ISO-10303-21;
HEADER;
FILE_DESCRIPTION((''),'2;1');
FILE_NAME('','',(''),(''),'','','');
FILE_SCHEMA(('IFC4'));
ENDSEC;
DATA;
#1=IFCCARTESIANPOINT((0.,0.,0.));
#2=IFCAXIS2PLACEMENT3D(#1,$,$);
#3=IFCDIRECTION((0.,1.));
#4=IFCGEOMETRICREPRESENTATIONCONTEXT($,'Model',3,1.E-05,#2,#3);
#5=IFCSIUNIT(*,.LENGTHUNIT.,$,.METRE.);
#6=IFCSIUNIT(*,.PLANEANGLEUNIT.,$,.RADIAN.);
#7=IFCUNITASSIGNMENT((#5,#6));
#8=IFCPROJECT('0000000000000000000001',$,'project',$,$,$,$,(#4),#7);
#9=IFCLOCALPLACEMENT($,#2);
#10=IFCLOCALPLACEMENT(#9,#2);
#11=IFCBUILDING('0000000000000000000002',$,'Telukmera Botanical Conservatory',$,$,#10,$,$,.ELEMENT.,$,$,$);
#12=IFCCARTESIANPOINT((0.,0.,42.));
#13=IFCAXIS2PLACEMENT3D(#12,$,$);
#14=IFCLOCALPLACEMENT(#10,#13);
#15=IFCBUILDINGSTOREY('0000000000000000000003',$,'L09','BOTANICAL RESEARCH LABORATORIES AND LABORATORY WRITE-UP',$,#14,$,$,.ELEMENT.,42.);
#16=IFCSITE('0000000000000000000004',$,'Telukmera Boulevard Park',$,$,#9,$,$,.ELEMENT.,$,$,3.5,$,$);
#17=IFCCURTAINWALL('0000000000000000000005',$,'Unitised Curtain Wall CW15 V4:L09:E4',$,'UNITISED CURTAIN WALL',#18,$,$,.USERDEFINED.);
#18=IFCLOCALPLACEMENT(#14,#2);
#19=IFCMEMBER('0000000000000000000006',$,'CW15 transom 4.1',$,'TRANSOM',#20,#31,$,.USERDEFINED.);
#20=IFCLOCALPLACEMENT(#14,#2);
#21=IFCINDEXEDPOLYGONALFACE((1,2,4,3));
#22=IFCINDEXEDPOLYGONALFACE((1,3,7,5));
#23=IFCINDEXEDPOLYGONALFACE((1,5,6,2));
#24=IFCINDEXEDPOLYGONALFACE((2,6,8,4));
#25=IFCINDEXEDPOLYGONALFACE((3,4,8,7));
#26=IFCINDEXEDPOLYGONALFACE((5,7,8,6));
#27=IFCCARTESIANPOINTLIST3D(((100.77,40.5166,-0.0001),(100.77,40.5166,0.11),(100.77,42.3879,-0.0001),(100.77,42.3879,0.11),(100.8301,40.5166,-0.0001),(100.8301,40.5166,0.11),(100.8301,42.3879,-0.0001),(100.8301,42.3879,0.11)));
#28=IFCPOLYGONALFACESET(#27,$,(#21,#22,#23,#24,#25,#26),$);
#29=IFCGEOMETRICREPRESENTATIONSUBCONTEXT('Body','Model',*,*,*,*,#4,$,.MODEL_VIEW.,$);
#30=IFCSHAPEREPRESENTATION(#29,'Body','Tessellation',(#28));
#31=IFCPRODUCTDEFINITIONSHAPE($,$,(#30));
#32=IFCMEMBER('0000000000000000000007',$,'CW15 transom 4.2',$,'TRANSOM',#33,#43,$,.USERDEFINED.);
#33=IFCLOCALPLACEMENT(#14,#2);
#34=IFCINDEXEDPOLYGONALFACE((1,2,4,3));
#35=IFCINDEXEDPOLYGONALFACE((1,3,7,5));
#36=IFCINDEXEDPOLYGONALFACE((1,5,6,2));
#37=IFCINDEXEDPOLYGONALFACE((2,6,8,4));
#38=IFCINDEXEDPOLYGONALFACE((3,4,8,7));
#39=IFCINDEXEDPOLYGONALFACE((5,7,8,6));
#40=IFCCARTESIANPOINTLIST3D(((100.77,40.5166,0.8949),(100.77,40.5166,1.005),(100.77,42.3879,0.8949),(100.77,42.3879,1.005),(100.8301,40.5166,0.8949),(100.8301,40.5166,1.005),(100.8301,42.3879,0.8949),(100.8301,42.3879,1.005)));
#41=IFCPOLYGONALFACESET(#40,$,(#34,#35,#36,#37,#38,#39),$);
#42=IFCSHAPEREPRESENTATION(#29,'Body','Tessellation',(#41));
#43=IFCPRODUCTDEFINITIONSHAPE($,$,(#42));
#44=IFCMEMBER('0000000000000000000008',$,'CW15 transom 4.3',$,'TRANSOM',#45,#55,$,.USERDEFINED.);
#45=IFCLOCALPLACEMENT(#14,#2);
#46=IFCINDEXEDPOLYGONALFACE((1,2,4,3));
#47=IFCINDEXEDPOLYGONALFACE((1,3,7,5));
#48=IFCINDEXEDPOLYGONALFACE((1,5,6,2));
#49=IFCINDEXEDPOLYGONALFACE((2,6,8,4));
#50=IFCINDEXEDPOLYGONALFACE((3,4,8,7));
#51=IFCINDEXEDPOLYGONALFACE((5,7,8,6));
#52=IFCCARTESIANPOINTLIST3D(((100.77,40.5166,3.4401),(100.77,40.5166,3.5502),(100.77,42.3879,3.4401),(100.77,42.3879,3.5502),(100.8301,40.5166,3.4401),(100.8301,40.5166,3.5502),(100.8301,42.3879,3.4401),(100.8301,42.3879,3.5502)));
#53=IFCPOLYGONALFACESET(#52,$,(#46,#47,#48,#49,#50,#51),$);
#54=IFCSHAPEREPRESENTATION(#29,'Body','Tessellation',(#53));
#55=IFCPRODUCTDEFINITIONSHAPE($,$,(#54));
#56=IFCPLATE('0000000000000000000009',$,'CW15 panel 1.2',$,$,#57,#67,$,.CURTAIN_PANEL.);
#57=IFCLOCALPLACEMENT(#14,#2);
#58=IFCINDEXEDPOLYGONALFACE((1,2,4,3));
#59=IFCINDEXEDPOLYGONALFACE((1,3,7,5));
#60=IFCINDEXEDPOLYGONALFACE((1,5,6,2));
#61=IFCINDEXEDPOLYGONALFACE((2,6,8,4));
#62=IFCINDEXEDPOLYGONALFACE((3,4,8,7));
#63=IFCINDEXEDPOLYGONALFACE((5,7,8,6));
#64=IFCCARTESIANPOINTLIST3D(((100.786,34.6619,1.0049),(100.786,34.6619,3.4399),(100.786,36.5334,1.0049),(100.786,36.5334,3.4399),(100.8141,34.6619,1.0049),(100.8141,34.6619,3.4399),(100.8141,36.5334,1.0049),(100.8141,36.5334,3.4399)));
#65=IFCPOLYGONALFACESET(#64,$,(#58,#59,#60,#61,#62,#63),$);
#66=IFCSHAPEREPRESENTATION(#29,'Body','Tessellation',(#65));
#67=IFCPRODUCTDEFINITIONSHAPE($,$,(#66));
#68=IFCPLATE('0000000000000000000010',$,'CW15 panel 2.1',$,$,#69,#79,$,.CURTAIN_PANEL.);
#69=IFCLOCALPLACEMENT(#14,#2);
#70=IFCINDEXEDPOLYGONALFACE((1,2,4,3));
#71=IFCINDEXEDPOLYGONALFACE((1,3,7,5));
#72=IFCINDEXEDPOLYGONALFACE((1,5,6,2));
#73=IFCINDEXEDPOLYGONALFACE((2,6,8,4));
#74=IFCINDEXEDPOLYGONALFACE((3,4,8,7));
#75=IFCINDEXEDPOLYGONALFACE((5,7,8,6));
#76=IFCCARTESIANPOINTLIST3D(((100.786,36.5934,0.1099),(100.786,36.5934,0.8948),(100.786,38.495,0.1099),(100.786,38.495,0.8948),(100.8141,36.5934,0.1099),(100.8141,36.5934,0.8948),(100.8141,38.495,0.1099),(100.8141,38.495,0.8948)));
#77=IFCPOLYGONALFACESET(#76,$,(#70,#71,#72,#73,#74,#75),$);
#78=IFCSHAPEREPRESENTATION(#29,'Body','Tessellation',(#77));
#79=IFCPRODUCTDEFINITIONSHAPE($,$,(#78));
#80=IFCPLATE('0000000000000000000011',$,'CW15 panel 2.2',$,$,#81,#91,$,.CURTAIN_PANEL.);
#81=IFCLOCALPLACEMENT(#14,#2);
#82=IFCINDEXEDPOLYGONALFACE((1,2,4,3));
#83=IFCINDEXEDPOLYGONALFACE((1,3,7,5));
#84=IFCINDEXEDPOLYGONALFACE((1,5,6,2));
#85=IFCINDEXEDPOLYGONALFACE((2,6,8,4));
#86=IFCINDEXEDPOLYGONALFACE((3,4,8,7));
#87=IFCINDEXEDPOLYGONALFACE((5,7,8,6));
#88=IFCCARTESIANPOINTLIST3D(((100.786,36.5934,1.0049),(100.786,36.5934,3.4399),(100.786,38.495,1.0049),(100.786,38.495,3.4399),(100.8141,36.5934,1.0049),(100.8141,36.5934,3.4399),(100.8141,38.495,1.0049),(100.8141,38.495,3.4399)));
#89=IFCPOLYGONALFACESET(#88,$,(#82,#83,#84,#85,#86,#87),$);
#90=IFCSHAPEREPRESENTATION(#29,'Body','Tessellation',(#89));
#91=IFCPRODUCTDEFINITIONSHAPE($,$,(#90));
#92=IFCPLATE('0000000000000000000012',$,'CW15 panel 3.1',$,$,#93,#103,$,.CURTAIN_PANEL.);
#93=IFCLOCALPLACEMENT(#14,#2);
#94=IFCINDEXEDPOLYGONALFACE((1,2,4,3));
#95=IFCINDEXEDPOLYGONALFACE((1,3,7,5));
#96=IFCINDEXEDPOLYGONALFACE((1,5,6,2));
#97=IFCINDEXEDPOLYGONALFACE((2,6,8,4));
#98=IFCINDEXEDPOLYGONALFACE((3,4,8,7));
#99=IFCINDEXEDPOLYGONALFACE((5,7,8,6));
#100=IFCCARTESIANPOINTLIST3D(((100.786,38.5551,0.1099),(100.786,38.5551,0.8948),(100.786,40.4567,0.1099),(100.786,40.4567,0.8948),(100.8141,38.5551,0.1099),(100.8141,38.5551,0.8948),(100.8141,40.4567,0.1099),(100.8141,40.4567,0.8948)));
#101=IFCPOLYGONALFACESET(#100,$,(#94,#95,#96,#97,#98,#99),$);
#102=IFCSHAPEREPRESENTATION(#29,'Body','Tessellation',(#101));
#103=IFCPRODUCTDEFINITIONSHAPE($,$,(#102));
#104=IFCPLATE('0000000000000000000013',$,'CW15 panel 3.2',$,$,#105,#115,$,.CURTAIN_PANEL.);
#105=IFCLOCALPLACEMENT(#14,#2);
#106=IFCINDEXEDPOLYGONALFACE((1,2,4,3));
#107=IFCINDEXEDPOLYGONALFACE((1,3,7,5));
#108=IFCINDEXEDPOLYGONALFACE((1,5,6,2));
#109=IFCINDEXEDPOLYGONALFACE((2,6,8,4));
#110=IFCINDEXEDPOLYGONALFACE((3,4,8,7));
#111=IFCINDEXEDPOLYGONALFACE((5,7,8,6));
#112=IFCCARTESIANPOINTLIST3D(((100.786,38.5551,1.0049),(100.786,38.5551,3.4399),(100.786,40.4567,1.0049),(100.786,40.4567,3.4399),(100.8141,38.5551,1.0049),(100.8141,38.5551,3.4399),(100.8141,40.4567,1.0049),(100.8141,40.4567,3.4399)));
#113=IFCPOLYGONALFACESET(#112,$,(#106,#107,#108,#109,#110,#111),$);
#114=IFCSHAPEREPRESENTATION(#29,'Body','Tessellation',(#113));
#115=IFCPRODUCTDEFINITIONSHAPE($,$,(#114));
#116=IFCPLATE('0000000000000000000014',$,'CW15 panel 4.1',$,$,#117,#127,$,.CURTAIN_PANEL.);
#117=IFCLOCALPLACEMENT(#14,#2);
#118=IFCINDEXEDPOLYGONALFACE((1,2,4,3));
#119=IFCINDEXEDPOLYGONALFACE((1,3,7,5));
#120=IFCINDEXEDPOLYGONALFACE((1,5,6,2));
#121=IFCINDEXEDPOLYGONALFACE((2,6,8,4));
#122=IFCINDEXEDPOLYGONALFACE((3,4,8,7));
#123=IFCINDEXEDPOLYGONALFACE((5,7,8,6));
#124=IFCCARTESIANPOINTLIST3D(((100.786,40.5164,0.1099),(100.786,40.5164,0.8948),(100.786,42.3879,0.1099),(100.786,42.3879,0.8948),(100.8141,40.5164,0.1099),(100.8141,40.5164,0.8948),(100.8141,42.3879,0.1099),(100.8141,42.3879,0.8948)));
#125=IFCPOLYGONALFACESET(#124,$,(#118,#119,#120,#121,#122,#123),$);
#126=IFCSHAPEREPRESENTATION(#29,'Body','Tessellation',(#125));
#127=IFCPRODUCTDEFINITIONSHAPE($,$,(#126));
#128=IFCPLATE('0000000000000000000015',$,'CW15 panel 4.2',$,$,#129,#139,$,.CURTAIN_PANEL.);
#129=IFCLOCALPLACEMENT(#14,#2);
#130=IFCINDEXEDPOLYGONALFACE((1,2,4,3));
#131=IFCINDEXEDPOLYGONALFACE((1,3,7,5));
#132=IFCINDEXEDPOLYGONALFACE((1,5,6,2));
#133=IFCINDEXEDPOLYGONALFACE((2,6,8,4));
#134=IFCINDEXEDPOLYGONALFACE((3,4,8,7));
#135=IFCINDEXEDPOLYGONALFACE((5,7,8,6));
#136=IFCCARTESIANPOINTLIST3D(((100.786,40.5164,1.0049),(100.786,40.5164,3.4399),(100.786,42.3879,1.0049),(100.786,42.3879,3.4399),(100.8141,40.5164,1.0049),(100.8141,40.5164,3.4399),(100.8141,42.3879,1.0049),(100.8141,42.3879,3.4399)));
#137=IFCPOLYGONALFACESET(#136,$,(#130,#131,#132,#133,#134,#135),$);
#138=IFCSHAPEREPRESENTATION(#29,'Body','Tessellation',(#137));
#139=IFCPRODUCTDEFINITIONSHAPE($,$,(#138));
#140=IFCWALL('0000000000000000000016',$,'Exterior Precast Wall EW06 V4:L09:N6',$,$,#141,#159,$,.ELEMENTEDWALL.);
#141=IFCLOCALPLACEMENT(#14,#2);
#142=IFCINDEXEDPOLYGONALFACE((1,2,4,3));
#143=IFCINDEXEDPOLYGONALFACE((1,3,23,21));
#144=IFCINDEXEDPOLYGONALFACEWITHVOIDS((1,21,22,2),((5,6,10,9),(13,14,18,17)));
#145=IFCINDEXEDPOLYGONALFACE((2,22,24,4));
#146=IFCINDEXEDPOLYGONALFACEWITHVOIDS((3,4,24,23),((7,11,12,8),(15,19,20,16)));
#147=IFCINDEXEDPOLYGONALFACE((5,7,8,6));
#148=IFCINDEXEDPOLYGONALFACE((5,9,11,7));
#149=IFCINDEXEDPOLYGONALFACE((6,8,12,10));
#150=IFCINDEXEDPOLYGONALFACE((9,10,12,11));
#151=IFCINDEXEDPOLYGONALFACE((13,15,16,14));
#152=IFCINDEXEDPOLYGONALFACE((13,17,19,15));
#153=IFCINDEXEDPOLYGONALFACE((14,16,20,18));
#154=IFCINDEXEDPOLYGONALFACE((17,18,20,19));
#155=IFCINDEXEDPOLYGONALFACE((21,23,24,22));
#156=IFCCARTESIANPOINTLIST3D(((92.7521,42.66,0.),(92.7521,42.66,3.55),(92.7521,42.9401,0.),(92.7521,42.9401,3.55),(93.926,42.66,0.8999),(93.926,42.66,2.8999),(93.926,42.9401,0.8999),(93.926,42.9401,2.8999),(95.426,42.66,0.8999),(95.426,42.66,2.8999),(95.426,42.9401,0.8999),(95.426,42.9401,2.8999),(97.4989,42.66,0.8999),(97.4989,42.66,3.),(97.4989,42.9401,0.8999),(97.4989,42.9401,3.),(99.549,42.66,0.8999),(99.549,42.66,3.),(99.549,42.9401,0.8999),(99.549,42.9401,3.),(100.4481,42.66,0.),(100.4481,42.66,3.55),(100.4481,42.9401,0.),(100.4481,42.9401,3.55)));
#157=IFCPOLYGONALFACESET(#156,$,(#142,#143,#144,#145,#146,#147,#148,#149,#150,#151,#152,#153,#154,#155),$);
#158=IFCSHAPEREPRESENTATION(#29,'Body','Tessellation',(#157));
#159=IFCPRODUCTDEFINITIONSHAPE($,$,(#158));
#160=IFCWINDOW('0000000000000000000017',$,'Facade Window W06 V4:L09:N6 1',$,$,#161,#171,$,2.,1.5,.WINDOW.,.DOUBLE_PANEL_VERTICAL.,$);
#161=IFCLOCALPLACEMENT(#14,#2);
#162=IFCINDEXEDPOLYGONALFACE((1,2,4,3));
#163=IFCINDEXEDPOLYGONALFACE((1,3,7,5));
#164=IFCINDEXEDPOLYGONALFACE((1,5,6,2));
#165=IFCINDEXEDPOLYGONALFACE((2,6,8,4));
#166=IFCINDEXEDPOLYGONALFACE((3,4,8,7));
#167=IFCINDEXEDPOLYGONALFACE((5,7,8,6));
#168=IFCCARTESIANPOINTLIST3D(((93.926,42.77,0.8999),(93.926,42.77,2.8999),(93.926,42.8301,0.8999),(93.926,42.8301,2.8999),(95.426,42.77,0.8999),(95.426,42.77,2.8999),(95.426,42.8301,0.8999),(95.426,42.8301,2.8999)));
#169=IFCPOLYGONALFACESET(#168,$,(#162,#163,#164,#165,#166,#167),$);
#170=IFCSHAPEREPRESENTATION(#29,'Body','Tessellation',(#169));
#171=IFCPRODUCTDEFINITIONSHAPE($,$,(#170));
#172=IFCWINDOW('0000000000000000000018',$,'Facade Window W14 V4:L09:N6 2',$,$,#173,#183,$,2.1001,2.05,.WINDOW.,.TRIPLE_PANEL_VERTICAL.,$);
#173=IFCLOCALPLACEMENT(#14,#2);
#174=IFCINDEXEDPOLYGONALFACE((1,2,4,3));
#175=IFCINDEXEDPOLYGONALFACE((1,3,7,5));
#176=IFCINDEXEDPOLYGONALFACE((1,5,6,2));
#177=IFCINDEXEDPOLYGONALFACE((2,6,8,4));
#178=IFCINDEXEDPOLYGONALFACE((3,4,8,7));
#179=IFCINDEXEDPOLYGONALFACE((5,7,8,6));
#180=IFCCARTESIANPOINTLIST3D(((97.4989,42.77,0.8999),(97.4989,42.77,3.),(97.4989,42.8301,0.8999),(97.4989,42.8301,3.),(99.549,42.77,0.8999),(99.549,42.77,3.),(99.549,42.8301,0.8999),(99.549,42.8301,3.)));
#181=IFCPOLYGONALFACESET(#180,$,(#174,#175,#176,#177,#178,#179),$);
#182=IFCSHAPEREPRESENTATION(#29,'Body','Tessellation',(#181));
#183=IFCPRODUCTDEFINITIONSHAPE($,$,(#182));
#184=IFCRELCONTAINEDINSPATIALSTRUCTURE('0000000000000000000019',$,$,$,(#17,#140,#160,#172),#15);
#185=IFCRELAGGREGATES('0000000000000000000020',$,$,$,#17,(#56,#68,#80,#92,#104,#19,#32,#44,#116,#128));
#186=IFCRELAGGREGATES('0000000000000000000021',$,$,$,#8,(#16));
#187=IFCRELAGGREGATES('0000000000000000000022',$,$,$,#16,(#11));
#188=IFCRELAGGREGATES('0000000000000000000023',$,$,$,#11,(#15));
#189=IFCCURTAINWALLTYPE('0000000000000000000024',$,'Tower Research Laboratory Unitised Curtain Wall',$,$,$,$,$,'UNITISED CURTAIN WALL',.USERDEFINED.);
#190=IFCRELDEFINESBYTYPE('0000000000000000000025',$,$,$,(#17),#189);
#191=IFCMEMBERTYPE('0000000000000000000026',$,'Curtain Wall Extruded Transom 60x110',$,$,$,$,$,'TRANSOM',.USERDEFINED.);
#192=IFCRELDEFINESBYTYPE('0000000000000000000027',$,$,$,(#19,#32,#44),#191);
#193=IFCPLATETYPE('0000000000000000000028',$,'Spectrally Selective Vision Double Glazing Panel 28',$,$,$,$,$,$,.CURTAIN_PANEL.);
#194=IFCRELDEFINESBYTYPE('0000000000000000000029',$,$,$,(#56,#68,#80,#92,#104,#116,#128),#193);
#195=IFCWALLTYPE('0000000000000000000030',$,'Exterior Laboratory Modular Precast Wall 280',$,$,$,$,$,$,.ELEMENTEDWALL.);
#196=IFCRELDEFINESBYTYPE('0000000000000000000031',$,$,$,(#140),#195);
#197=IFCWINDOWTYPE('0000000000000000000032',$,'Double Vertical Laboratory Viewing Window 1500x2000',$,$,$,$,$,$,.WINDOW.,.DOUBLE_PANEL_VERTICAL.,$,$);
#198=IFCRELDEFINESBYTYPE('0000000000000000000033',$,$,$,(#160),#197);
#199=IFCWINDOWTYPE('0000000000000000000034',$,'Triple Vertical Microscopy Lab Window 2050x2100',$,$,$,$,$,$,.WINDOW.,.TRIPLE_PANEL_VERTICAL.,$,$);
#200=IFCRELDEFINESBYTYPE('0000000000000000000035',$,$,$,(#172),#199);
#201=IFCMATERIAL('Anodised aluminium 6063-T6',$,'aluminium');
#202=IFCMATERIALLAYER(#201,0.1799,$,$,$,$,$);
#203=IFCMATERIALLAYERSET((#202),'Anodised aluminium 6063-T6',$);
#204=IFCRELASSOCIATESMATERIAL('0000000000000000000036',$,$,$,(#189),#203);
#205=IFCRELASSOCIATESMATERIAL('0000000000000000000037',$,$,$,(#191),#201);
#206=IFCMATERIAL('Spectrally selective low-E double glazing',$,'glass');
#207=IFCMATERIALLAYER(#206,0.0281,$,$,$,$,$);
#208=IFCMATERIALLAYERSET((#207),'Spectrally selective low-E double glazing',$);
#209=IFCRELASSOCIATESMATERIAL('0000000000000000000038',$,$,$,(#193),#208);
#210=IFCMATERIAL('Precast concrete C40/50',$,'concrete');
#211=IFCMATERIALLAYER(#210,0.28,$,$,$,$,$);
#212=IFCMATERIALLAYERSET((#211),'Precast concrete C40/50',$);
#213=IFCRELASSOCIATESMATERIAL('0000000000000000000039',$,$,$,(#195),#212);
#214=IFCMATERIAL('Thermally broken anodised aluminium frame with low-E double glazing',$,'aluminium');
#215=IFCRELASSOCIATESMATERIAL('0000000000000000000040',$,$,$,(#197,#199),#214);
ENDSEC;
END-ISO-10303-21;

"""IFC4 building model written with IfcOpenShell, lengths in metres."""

from ifc_helpers import new_model, si_unit, direction, frame, frame_2d, origin, origin_2d, place, context, subcontext, project, spatial, rectangle, extrude, material, layer, layer_set, material_profile, profile_set, type_object, element, fill, aggregate, save


model = new_model("IFC4")

# Units and contexts
model_context = context("Model", 3, precision=1e-05, world=origin(), true_north=direction((0.0, 1.0)))
body_context = subcontext(model_context, "Body", "Model", "MODEL_VIEW")
ifc_project = project(units=[si_unit("LENGTHUNIT", "METRE"), si_unit("PLANEANGLEUNIT", "RADIAN")], contexts=[model_context])

# Site, building, storey
site_placement = place(None, origin())
site = spatial("IfcSite", under=ifc_project, at=site_placement, Name="Telukmera Boulevard Park", CompositionType="ELEMENT", RefElevation=3.5)
building_placement = place(site_placement, origin())
building = spatial("IfcBuilding", under=site, at=building_placement, Name="Telukmera Botanical Conservatory", CompositionType="ELEMENT")
storey_placement = place(building_placement, frame((0.0, 0.0, 42.0)))
storey = spatial("IfcBuildingStorey", under=building, at=storey_placement, Name="L09", Description="BOTANICAL RESEARCH LABORATORIES AND LABORATORY WRITE-UP", CompositionType="ELEMENT", Elevation=42.0)

# Shared definitions
ifc_material_1 = material(Name="Precast concrete C40/50", Category="concrete")

# Shared definitions
ifc_material_2 = material(Name="Anodised aluminium 6063-T6", Category="aluminium")
ifc_layer_1 = layer(ifc_material_2, 0.1799)
ifc_layer_set_1 = layer_set([ifc_layer_1], Name="Anodised aluminium 6063-T6")
curtain_wall_type = type_object("IfcCurtainWallType", Name="Tower Research Laboratory Unitised Curtain Wall", ElementType="UNITISED CURTAIN WALL", PredefinedType="USERDEFINED", material=ifc_layer_set_1)

# Curtain wall, members, plates
curtain_wall_1_placement = place(storey_placement, origin())
curtain_wall_1 = element("IfcCurtainWall", 1, at=curtain_wall_1_placement, inside=storey, type_object=curtain_wall_type, Name="Unitised Curtain Wall CW15 V4:L09:E4", ObjectType="UNITISED CURTAIN WALL", PredefinedType="USERDEFINED")
ifc_material_profile_1 = material_profile(ifc_material_2, rectangle(XDim=0.0601, YDim=0.1101, at=origin_2d()), Name="ALU TRAN 60x110")
ifc_profile_set_1 = profile_set([ifc_material_profile_1], Name="Anodised aluminium 6063-T6")
member_type_1 = type_object("IfcMemberType", Name="Curtain Wall Extruded Transom 60x110", ElementType="TRANSOM", PredefinedType="USERDEFINED", material=ifc_profile_set_1)
member_1_placement = place(storey_placement, frame((100.8, 40.5166, 0.0549), z_axis=(0.0, 1.0, 0.0), x_axis=(-1.0, 0.0, 0.0)))
member_1 = element("IfcMember", 2, at=member_1_placement, type_object=member_type_1, Name="CW15 transom 4.1", ObjectType="TRANSOM", PredefinedType="USERDEFINED", context=body_context, shape_type="SweptSolid", body=[
    extrude(rectangle(XDim=0.0601, YDim=0.1101, at=origin_2d()), origin(), (0.0, 0.0, 1.0), 1.8713),
])
member_2_placement = place(storey_placement, frame((100.8, 40.5166, 0.95), z_axis=(0.0, 1.0, 0.0), x_axis=(-1.0, 0.0, 0.0)))
member_2 = element("IfcMember", 3, at=member_2_placement, type_object=member_type_1, Name="CW15 transom 4.2", ObjectType="TRANSOM", PredefinedType="USERDEFINED", context=body_context, shape_type="SweptSolid", body=[
    extrude(rectangle(XDim=0.0601, YDim=0.1101, at=origin_2d()), origin(), (0.0, 0.0, 1.0), 1.8713),
])
member_3_placement = place(storey_placement, frame((100.8, 40.5166, 3.4951), z_axis=(0.0, 1.0, 0.0), x_axis=(-1.0, 0.0, 0.0)))
member_3 = element("IfcMember", 4, at=member_3_placement, type_object=member_type_1, Name="CW15 transom 4.3", ObjectType="TRANSOM", PredefinedType="USERDEFINED", context=body_context, shape_type="SweptSolid", body=[
    extrude(rectangle(XDim=0.0601, YDim=0.1101, at=origin_2d()), origin(), (0.0, 0.0, 1.0), 1.8713),
])
ifc_material_3 = material(Name="Spectrally selective low-E double glazing", Category="glass")
ifc_layer_2 = layer(ifc_material_3, 0.0281)
ifc_layer_set_2 = layer_set([ifc_layer_2], Name="Spectrally selective low-E double glazing")
plate_type = type_object("IfcPlateType", Name="Spectrally Selective Vision Double Glazing Panel 28", PredefinedType="CURTAIN_PANEL", material=ifc_layer_set_2)
plate_1_placement = place(storey_placement, frame((100.8, 35.5977, 1.0049), z_axis=(0.0, 0.0, 1.0), x_axis=(0.0, 1.0, 0.0)))
plate_1 = element("IfcPlate", 5, at=plate_1_placement, type_object=plate_type, Name="CW15 panel 1.2", PredefinedType="CURTAIN_PANEL", context=body_context, shape_type="SweptSolid", body=[
    extrude(rectangle(XDim=1.8716, YDim=0.0281, at=origin_2d()), origin(), (0.0, 0.0, 1.0), 2.4351),
])
plate_2_placement = place(storey_placement, frame((100.8, 37.5442, 0.1099), z_axis=(0.0, 0.0, 1.0), x_axis=(0.0, 1.0, 0.0)))
plate_2 = element("IfcPlate", 6, at=plate_2_placement, type_object=plate_type, Name="CW15 panel 2.1", PredefinedType="CURTAIN_PANEL", context=body_context, shape_type="SweptSolid", body=[
    extrude(rectangle(XDim=1.9016, YDim=0.0281, at=origin_2d()), origin(), (0.0, 0.0, 1.0), 0.7849),
])
plate_3_placement = place(storey_placement, frame((100.8, 37.5442, 1.0049), z_axis=(0.0, 0.0, 1.0), x_axis=(0.0, 1.0, 0.0)))
plate_3 = element("IfcPlate", 7, at=plate_3_placement, type_object=plate_type, Name="CW15 panel 2.2", PredefinedType="CURTAIN_PANEL", context=body_context, shape_type="SweptSolid", body=[
    extrude(rectangle(XDim=1.9016, YDim=0.0281, at=origin_2d()), origin(), (0.0, 0.0, 1.0), 2.4351),
])
plate_4_placement = place(storey_placement, frame((100.8, 39.5059, 0.1099), z_axis=(0.0, 0.0, 1.0), x_axis=(0.0, 1.0, 0.0)))
plate_4 = element("IfcPlate", 8, at=plate_4_placement, type_object=plate_type, Name="CW15 panel 3.1", PredefinedType="CURTAIN_PANEL", context=body_context, shape_type="SweptSolid", body=[
    extrude(rectangle(XDim=1.9016, YDim=0.0281, at=origin_2d()), origin(), (0.0, 0.0, 1.0), 0.7849),
])
plate_5_placement = place(storey_placement, frame((100.8, 39.5059, 1.0049), z_axis=(0.0, 0.0, 1.0), x_axis=(0.0, 1.0, 0.0)))
plate_5 = element("IfcPlate", 9, at=plate_5_placement, type_object=plate_type, Name="CW15 panel 3.2", PredefinedType="CURTAIN_PANEL", context=body_context, shape_type="SweptSolid", body=[
    extrude(rectangle(XDim=1.9016, YDim=0.0281, at=origin_2d()), origin(), (0.0, 0.0, 1.0), 2.4351),
])
plate_6_placement = place(storey_placement, frame((100.8, 41.4521, 0.1099), z_axis=(0.0, 0.0, 1.0), x_axis=(0.0, 1.0, 0.0)))
plate_6 = element("IfcPlate", 10, at=plate_6_placement, type_object=plate_type, Name="CW15 panel 4.1", PredefinedType="CURTAIN_PANEL", context=body_context, shape_type="SweptSolid", body=[
    extrude(rectangle(XDim=1.8716, YDim=0.0281, at=origin_2d()), origin(), (0.0, 0.0, 1.0), 0.7849),
])
plate_7_placement = place(storey_placement, frame((100.8, 41.4521, 1.0049), z_axis=(0.0, 0.0, 1.0), x_axis=(0.0, 1.0, 0.0)))
plate_7 = element("IfcPlate", 11, at=plate_7_placement, type_object=plate_type, Name="CW15 panel 4.2", PredefinedType="CURTAIN_PANEL", context=body_context, shape_type="SweptSolid", body=[
    extrude(rectangle(XDim=1.8716, YDim=0.0281, at=origin_2d()), origin(), (0.0, 0.0, 1.0), 2.4351),
])
aggregate(curtain_wall_1, [plate_1, plate_2, plate_3, plate_4, plate_5, member_1, member_2, member_3, plate_6, plate_7])

# Wall, openings, windows
ifc_layer_3 = layer(ifc_material_1, 0.28)
ifc_layer_set_3 = layer_set([ifc_layer_3], Name="Precast concrete C40/50")
wall_type_1 = type_object("IfcWallType", Name="Exterior Laboratory Modular Precast Wall 280", PredefinedType="ELEMENTEDWALL", material=ifc_layer_set_3)
wall_1_placement = place(storey_placement, frame((92.752, 42.8, 0.0), z_axis=(0.0, 0.0, 1.0), x_axis=(1.0, 0.0, 0.0)))
wall_1 = element("IfcWall", 12, at=wall_1_placement, inside=storey, type_object=wall_type_1, Name="Exterior Precast Wall EW06 V4:L09:N6", PredefinedType="ELEMENTEDWALL", context=body_context, shape_type="SweptSolid", body=[
    extrude(rectangle(XDim=7.696, YDim=0.28, at=frame_2d((3.8481, 0.0))), origin(), (0.0, 0.0, 1.0), 3.55),
])
opening_1_placement = place(wall_1_placement, frame((1.1741, 0.0, 0.8999)))
opening_1 = element("IfcOpeningElement", 13, at=opening_1_placement, cuts=wall_1, PredefinedType="OPENING", context=body_context, shape_type="SweptSolid", body=[
    extrude(rectangle(XDim=1.5, YDim=2.0, at=frame_2d((0.75, 1.0))), frame((0.0, 0.1499, 0.0), z_axis=(0.0, -1.0, 0.0), x_axis=(1.0, 0.0, 0.0)), (0.0, 0.0, 1.0), 0.3),
])
opening_2_placement = place(wall_1_placement, frame((4.7471, 0.0, 0.8999)))
opening_2 = element("IfcOpeningElement", 14, at=opening_2_placement, cuts=wall_1, PredefinedType="OPENING", context=body_context, shape_type="SweptSolid", body=[
    extrude(rectangle(XDim=2.05, YDim=2.1001, at=frame_2d((1.0249, 1.05))), frame((0.0, 0.1499, 0.0), z_axis=(0.0, -1.0, 0.0), x_axis=(1.0, 0.0, 0.0)), (0.0, 0.0, 1.0), 0.3),
])
ifc_material_4 = material(Name="Thermally broken anodised aluminium frame with low-E double glazing", Category="aluminium")
window_type_1 = type_object("IfcWindowType", Name="Double Vertical Laboratory Viewing Window 1500x2000", PartitioningType="DOUBLE_PANEL_VERTICAL", PredefinedType="WINDOW", material=ifc_material_4)
window_1_placement = place(opening_1_placement, origin())
window_1 = element("IfcWindow", 15, at=window_1_placement, inside=storey, type_object=window_type_1, Name="Facade Window W06 V4:L09:N6 1", OverallHeight=2.0, OverallWidth=1.5, PartitioningType="DOUBLE_PANEL_VERTICAL", PredefinedType="WINDOW", context=body_context, shape_type="SweptSolid", body=[
    extrude(rectangle(XDim=1.5, YDim=2.0, at=frame_2d((0.75, 1.0))), frame((0.0, 0.03, 0.0), z_axis=(0.0, -1.0, 0.0), x_axis=(1.0, 0.0, 0.0)), (0.0, 0.0, 1.0), 0.0601),
])
fill(opening_1, window_1)
window_type_2 = type_object("IfcWindowType", Name="Triple Vertical Microscopy Lab Window 2050x2100", PartitioningType="TRIPLE_PANEL_VERTICAL", PredefinedType="WINDOW", material=ifc_material_4)
window_2_placement = place(opening_2_placement, origin())
window_2 = element("IfcWindow", 16, at=window_2_placement, inside=storey, type_object=window_type_2, Name="Facade Window W14 V4:L09:N6 2", OverallHeight=2.1001, OverallWidth=2.05, PartitioningType="TRIPLE_PANEL_VERTICAL", PredefinedType="WINDOW", context=body_context, shape_type="SweptSolid", body=[
    extrude(rectangle(XDim=2.05, YDim=2.1001, at=frame_2d((1.0249, 1.05))), frame((0.0, 0.03, 0.0), z_axis=(0.0, -1.0, 0.0), x_axis=(1.0, 0.0, 0.0)), (0.0, 0.0, 1.0), 0.0601),
])
fill(opening_2, window_2)

save(model, "model.ifc")
